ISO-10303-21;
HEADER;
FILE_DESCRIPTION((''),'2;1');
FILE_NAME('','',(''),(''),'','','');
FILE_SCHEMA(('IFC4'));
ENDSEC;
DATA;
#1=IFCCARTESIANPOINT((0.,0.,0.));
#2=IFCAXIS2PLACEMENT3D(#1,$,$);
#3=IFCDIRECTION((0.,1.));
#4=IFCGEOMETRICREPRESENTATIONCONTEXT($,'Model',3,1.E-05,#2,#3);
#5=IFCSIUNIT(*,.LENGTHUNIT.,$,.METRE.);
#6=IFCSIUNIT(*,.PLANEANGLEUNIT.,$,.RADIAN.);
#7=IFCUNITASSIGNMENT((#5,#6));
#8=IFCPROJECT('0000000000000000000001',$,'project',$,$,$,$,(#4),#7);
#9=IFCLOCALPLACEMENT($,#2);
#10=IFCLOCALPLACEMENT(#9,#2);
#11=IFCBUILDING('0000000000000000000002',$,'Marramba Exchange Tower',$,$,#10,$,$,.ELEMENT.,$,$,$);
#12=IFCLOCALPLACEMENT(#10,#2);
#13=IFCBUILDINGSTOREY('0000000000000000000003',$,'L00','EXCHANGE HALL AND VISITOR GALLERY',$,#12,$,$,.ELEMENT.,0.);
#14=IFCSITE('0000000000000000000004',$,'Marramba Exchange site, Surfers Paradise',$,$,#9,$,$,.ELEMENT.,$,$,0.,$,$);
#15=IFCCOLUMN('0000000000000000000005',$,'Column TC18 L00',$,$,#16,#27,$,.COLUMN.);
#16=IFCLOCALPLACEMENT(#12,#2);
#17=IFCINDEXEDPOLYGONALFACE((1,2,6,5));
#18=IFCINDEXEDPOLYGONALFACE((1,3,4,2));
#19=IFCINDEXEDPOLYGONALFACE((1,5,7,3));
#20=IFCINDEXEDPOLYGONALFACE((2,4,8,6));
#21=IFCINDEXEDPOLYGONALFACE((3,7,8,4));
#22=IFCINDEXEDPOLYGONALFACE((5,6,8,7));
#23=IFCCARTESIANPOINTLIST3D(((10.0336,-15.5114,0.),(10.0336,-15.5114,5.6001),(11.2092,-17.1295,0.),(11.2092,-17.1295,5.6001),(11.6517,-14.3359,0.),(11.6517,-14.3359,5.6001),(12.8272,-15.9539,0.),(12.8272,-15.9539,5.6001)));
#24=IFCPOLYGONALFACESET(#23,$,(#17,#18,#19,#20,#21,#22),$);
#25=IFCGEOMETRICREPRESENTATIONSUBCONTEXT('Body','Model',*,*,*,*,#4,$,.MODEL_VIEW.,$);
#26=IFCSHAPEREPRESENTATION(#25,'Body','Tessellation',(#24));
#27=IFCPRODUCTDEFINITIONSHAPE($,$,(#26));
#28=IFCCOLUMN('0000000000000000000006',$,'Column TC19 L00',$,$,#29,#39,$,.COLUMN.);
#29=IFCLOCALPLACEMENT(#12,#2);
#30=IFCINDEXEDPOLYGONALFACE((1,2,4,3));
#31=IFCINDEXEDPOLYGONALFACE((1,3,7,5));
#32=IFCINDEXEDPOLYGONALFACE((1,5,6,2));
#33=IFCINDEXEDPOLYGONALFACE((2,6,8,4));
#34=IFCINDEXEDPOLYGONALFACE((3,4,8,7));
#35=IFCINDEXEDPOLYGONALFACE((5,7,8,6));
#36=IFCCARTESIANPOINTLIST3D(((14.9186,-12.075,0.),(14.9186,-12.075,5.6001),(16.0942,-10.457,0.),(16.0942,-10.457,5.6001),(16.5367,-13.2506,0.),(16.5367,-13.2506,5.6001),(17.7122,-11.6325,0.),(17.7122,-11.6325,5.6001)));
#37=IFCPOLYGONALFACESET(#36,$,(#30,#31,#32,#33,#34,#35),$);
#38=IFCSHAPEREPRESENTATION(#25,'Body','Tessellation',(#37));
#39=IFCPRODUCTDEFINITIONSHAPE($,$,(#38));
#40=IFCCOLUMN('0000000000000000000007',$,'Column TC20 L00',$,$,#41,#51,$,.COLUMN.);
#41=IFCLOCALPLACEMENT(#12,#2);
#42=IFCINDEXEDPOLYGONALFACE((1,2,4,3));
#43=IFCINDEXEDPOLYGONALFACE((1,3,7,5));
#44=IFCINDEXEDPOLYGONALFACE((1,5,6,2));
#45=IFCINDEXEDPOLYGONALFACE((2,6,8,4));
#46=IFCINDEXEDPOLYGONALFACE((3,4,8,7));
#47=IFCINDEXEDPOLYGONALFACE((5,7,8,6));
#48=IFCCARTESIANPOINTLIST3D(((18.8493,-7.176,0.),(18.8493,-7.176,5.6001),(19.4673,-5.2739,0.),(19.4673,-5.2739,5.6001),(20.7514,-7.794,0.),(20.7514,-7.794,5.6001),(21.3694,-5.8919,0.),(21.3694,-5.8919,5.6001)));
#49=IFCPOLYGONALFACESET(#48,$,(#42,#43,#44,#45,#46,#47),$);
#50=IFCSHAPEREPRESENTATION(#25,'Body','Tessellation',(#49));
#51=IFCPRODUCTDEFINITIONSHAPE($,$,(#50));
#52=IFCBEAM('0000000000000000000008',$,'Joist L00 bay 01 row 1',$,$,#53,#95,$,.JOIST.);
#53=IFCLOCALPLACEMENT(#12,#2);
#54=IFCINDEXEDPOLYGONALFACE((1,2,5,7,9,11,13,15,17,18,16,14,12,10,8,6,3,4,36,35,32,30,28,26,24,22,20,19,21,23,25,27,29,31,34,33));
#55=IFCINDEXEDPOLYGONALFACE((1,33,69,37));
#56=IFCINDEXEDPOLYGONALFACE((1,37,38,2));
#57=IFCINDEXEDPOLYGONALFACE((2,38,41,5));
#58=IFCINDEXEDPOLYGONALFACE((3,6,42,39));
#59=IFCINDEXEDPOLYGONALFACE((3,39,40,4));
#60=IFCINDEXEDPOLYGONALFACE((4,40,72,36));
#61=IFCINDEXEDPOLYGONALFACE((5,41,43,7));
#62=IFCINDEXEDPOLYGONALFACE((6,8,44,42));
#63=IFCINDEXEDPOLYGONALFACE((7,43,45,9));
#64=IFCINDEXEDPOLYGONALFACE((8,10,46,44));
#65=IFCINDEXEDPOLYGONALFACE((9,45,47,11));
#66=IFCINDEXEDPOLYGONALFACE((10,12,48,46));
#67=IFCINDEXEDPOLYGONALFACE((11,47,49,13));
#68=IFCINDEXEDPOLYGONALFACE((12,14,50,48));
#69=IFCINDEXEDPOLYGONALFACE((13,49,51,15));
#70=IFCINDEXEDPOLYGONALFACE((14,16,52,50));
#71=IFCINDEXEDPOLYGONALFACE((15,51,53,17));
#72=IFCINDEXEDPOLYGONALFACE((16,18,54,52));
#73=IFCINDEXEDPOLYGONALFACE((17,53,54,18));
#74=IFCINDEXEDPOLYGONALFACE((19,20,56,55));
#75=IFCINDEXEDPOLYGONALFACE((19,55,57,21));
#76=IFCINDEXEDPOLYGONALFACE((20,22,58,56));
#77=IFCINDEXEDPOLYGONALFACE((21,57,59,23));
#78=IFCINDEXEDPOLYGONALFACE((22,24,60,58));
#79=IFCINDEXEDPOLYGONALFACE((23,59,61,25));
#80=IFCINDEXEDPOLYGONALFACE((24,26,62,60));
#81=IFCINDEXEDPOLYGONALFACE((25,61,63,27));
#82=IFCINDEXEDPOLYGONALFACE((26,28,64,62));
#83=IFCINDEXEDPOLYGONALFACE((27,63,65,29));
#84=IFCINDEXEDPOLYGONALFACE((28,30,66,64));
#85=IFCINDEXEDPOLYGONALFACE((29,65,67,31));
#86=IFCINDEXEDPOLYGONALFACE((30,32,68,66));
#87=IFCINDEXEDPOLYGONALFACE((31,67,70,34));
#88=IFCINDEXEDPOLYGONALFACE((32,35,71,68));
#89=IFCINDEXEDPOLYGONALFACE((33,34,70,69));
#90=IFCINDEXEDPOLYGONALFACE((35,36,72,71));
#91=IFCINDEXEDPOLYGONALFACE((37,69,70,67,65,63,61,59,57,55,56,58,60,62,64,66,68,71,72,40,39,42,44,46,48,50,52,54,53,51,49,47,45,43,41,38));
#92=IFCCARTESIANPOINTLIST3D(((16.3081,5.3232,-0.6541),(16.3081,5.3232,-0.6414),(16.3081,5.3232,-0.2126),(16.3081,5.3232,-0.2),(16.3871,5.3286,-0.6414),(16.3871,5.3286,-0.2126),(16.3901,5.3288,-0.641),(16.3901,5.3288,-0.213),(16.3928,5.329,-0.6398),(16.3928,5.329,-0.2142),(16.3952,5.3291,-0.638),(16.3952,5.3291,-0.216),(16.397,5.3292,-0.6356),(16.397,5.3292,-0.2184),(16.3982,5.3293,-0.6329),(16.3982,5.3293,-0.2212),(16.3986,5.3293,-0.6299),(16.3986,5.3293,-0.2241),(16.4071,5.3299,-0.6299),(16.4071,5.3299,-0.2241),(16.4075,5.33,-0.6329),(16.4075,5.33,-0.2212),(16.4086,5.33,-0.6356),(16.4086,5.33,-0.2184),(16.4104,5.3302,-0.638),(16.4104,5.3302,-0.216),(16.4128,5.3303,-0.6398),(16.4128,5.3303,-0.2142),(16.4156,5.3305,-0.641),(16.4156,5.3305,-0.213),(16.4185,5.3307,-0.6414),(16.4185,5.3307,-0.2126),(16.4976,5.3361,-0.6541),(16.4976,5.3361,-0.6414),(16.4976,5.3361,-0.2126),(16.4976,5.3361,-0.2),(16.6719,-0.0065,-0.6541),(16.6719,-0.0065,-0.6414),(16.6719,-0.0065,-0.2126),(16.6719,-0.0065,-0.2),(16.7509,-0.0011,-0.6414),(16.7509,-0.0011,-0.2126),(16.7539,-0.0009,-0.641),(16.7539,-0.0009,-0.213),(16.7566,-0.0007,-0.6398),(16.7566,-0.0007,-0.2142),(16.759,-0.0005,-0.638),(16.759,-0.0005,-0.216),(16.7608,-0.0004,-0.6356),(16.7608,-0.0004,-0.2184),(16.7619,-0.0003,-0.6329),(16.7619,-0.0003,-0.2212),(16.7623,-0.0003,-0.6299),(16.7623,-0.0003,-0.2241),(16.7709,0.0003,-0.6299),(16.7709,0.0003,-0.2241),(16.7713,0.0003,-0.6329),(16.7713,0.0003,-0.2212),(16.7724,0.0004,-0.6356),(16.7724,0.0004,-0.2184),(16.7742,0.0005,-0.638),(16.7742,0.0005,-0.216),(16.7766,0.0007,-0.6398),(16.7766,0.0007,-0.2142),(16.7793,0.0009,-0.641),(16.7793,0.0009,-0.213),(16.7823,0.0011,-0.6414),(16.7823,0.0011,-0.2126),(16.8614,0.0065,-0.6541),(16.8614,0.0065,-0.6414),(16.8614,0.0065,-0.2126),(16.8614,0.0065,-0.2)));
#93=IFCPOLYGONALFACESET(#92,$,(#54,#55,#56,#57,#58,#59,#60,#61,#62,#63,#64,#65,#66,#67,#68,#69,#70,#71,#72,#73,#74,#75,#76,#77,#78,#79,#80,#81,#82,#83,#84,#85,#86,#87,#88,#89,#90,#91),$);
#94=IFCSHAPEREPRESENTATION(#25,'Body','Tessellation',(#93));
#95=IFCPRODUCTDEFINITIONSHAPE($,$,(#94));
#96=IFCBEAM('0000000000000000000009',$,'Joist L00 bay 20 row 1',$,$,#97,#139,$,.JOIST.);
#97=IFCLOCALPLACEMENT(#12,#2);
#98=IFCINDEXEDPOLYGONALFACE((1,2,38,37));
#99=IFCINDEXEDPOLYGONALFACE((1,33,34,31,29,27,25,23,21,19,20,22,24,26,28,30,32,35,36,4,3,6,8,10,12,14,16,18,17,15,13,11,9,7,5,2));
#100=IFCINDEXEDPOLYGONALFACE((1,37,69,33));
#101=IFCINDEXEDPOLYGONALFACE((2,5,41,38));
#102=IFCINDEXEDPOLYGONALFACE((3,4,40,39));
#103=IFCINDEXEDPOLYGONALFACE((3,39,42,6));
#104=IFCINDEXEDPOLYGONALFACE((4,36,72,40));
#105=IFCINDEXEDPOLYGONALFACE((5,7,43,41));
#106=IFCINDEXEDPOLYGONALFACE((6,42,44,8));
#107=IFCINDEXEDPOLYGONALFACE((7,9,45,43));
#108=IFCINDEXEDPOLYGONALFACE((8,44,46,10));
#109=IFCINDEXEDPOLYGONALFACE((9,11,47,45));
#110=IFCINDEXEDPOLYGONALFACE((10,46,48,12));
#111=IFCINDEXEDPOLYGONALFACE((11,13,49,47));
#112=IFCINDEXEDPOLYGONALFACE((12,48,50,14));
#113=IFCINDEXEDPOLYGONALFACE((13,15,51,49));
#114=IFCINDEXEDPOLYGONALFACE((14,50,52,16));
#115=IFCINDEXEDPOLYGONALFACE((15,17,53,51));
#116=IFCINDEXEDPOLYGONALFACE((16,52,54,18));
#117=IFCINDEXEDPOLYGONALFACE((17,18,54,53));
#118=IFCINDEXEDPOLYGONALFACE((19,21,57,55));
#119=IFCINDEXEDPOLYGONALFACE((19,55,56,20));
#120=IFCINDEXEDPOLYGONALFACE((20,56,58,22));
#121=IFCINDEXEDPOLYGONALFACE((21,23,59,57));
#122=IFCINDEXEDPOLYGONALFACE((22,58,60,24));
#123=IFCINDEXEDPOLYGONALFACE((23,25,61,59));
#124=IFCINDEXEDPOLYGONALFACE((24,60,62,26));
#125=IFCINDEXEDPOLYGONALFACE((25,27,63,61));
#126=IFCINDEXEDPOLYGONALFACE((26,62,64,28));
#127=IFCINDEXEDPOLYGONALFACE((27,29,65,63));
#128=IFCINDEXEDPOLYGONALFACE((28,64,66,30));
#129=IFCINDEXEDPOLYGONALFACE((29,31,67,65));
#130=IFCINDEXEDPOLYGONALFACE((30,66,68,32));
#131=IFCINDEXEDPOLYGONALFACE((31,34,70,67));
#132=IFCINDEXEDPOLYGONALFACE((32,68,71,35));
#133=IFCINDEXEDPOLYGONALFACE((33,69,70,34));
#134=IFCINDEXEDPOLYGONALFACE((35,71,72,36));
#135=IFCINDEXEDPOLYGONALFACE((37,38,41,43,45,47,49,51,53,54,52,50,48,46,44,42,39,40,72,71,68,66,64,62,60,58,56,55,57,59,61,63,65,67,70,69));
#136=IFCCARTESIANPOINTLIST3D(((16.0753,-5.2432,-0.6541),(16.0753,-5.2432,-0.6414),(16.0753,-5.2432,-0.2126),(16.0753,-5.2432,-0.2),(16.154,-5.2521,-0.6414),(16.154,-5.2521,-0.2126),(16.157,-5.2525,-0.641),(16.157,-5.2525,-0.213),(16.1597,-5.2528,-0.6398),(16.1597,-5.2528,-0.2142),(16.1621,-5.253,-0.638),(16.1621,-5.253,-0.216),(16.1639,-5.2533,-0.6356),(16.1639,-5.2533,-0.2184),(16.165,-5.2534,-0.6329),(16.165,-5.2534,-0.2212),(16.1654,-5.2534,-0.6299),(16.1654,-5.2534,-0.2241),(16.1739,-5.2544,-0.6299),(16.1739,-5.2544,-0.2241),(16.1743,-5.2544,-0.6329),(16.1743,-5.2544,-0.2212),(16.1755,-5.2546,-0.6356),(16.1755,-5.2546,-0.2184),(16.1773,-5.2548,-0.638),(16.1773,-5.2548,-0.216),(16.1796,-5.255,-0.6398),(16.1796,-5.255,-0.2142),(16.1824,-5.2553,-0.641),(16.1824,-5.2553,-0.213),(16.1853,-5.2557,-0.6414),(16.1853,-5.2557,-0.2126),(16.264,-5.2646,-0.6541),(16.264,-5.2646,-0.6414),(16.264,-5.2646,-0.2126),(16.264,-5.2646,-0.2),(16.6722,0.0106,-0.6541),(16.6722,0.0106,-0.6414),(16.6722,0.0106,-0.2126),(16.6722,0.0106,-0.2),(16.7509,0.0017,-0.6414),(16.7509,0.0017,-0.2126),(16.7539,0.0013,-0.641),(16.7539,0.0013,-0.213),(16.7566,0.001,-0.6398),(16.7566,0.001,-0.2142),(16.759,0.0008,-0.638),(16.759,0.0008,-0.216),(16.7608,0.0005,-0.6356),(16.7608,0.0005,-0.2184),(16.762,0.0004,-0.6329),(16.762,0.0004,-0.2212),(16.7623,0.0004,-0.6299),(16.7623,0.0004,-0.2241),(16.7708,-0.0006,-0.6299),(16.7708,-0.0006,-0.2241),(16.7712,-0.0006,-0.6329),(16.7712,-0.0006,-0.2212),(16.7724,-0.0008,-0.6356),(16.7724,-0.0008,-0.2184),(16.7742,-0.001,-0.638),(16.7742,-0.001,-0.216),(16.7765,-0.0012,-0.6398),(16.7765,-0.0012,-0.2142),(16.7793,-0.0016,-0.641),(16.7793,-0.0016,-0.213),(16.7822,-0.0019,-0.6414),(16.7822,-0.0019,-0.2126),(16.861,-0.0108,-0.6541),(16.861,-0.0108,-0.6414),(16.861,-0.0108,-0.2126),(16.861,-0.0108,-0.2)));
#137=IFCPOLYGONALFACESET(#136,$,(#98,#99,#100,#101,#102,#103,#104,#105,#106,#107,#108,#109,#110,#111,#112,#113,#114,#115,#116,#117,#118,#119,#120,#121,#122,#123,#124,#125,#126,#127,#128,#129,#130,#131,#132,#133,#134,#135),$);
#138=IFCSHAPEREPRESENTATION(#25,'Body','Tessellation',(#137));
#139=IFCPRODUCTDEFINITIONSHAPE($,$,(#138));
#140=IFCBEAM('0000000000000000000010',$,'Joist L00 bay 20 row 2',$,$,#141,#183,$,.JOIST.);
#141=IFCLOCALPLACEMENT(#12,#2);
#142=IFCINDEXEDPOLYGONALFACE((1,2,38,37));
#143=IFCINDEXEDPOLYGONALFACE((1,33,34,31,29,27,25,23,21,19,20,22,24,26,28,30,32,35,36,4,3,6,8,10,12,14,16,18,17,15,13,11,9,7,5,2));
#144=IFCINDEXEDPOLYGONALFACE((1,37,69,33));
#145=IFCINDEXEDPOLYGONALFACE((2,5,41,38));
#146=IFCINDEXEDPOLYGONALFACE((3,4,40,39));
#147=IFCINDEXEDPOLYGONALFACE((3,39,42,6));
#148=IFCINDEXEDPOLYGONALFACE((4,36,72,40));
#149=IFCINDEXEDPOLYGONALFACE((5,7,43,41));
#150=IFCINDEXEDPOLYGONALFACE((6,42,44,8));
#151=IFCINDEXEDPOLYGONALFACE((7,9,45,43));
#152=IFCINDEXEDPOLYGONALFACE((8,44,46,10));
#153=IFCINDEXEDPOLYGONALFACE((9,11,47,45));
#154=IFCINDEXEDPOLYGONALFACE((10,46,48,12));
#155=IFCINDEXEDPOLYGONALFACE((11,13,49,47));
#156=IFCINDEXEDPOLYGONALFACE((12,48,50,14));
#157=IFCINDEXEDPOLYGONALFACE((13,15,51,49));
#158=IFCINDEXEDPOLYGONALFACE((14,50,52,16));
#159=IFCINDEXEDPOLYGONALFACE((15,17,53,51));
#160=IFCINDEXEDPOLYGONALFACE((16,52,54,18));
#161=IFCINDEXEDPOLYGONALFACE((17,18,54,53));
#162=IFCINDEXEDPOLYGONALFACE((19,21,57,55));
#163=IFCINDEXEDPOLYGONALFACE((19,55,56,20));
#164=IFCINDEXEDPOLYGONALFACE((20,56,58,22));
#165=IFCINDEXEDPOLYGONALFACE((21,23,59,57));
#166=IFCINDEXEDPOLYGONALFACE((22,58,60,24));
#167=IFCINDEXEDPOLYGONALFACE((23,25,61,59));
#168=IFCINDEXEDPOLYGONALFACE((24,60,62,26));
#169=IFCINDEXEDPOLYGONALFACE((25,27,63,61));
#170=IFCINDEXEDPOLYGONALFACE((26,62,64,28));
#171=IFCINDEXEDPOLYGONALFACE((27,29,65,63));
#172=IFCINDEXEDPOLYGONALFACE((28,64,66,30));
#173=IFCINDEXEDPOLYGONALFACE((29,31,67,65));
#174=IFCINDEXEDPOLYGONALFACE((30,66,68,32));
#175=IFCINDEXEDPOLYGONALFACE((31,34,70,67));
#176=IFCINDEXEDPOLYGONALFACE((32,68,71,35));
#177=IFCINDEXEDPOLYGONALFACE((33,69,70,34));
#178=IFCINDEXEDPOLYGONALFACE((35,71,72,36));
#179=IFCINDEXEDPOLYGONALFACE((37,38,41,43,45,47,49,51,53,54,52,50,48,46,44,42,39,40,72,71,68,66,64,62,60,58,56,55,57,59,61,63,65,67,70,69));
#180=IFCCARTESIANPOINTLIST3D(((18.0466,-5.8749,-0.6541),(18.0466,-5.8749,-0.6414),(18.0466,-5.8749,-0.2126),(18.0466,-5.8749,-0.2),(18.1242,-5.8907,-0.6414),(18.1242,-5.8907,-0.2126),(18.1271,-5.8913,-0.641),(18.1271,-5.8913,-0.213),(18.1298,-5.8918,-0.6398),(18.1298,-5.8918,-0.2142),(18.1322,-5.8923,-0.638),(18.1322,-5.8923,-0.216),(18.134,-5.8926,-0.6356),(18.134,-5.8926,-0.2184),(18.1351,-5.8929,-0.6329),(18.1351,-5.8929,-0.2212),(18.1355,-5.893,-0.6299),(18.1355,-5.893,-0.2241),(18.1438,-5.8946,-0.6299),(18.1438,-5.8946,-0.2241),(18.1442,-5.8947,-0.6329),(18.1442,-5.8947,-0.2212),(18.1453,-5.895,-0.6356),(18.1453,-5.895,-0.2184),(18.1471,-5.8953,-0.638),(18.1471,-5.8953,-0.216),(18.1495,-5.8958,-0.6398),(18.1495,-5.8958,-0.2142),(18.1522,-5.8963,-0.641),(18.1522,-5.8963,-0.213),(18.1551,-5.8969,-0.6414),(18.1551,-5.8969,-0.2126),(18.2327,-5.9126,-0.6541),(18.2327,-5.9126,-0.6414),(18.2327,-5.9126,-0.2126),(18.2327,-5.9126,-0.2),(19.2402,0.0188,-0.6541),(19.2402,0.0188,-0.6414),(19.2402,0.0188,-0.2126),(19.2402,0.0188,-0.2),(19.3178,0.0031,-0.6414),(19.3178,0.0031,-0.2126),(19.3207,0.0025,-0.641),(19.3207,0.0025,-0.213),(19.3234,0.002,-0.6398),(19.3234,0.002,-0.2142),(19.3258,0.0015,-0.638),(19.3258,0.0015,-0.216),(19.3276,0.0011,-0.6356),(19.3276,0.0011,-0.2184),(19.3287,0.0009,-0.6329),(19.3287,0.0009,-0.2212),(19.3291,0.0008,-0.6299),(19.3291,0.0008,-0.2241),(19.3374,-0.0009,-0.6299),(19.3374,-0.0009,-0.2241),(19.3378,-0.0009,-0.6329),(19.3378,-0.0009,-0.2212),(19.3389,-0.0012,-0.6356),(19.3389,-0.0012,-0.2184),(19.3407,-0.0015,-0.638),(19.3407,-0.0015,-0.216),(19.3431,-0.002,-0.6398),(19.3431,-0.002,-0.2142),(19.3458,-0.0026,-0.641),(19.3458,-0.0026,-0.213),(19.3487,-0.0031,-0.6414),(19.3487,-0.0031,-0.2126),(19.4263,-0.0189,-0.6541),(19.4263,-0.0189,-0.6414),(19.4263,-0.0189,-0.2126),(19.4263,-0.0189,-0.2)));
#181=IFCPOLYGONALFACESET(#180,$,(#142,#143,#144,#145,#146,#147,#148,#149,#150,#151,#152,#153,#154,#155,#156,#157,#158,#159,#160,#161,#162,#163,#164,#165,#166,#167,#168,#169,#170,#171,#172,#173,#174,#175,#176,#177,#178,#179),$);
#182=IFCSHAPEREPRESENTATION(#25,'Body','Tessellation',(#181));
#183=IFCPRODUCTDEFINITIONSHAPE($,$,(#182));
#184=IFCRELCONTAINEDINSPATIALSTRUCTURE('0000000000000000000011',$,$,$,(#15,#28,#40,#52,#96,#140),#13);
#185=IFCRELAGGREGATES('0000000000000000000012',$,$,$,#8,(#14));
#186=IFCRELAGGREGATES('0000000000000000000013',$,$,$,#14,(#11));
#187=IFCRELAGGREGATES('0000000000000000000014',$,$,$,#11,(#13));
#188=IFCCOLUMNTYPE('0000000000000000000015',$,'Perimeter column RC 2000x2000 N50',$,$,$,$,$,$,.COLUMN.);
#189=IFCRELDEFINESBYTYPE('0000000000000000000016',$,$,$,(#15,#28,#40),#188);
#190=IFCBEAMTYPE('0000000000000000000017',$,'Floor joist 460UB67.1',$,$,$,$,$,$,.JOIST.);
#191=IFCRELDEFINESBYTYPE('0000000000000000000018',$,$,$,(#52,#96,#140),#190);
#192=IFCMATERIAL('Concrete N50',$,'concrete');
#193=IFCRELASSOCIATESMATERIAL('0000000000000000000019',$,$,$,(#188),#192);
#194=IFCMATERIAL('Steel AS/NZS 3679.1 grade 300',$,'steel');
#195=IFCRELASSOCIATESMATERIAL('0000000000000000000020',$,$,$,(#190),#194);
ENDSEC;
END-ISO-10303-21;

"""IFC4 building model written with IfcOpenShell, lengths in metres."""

from ifc_helpers import new_model, si_unit, direction, frame, origin, origin_2d, place, context, subcontext, project, spatial, rectangle, i_section, extrude, material, material_profile, profile_set, type_object, element, save


model = new_model("IFC4")

# Units and contexts
model_context = context("Model", 3, precision=1e-05, world=origin(), true_north=direction((0.0, 1.0)))
body_context = subcontext(model_context, "Body", "Model", "MODEL_VIEW")
ifc_project = project(units=[si_unit("LENGTHUNIT", "METRE"), si_unit("PLANEANGLEUNIT", "RADIAN")], contexts=[model_context])

# Site, building, storey
site_placement = place(None, origin())
site = spatial("IfcSite", under=ifc_project, at=site_placement, Name="Marramba Exchange site, Surfers Paradise", CompositionType="ELEMENT", RefElevation=0.0)
building_placement = place(site_placement, origin())
building = spatial("IfcBuilding", under=site, at=building_placement, Name="Marramba Exchange Tower", CompositionType="ELEMENT")
storey_placement = place(building_placement, origin())
storey = spatial("IfcBuildingStorey", under=building, at=storey_placement, Name="L00", Description="EXCHANGE HALL AND VISITOR GALLERY", CompositionType="ELEMENT", Elevation=0.0)

# Columns
ifc_material_1 = material(Name="Concrete N50", Category="concrete")
ifc_material_profile_1 = material_profile(ifc_material_1, rectangle(XDim=2.0, YDim=2.0, at=origin_2d()), Name="RC 2000x2000")
ifc_profile_set_1 = profile_set([ifc_material_profile_1], Name="Concrete N50")
column_type = type_object("IfcColumnType", Name="Perimeter column RC 2000x2000 N50", PredefinedType="COLUMN", material=ifc_profile_set_1)
for number, where, z_axis, x_axis, name in (
    (1, (11.4304, -15.7327, 0.0), (0.0, 0.0, 1.0), (0.587785, -0.809017, 0.0), "Column TC18 L00"),
    (2, (16.3154, -11.8538, 0.0), (0.0, 0.0, 1.0), (0.809017, -0.587785, 0.0), "Column TC19 L00"),
    (3, (20.1094, -6.5339, 0.0), (0.0, 0.0, 1.0), (0.951057, -0.309017, 0.0), "Column TC20 L00"),
):
    element("IfcColumn", number, at=place(storey_placement, frame(where, z_axis=z_axis, x_axis=x_axis)), inside=storey, type_object=column_type, Name=name, PredefinedType="COLUMN", context=body_context, shape_type="SweptSolid", body=[
        extrude(rectangle(XDim=2.0, YDim=2.0, at=origin_2d()), origin(), (0.0, 0.0, 1.0), 5.6001),
    ])

# Beams
ifc_material_2 = material(Name="Steel AS/NZS 3679.1 grade 300", Category="steel")
ifc_material_profile_2 = material_profile(ifc_material_2, i_section(OverallWidth=0.1899, OverallDepth=0.4541, WebThickness=0.0085, FlangeThickness=0.0127, FilletRadius=0.0115, at=origin_2d()), Name="460UB67.1")
ifc_profile_set_2 = profile_set([ifc_material_profile_2], Name="Steel AS/NZS 3679.1 grade 300")
beam_type_1 = type_object("IfcBeamType", Name="Floor joist 460UB67.1", PredefinedType="JOIST", material=ifc_profile_set_2)
beam_1_placement = place(storey_placement, frame((16.7666, 0.0, -0.427), z_axis=(-0.068096, 0.997679, 0.0), x_axis=(-0.997679, -0.068096, 0.0)))
element("IfcBeam", 4, at=beam_1_placement, inside=storey, type_object=beam_type_1, Name="Joist L00 bay 01 row 1", PredefinedType="JOIST", context=body_context, shape_type="SweptSolid", body=[
    extrude(i_section(OverallWidth=0.1899, OverallDepth=0.4541, WebThickness=0.0085, FlangeThickness=0.0127, FilletRadius=0.0115, at=origin_2d()), origin(), (0.0, 0.0, 1.0), 5.342),
])
beam_2_placement = place(storey_placement, frame((16.1697, -5.2539, -0.427), z_axis=(0.112889, 0.993608, 0.0), x_axis=(-0.993608, 0.112889, 0.0)))
element("IfcBeam", 5, at=beam_2_placement, inside=storey, type_object=beam_type_1, Name="Joist L00 bay 20 row 1", PredefinedType="JOIST", context=body_context, shape_type="SweptSolid", body=[
    extrude(i_section(OverallWidth=0.1899, OverallDepth=0.4541, WebThickness=0.0085, FlangeThickness=0.0127, FilletRadius=0.0115, at=origin_2d()), origin(), (0.0, 0.0, 1.0), 5.2876),
])
beam_3_placement = place(storey_placement, frame((18.1396, -5.8938, -0.427), z_axis=(0.198489, 0.980103, 0.0), x_axis=(-0.980103, 0.198489, 0.0)))
element("IfcBeam", 6, at=beam_3_placement, inside=storey, type_object=beam_type_1, Name="Joist L00 bay 20 row 2", PredefinedType="JOIST", context=body_context, shape_type="SweptSolid", body=[
    extrude(i_section(OverallWidth=0.1899, OverallDepth=0.4541, WebThickness=0.0085, FlangeThickness=0.0127, FilletRadius=0.0115, at=origin_2d()), origin(), (0.0, 0.0, 1.0), 6.0134),
])

save(model, "model.ifc")
